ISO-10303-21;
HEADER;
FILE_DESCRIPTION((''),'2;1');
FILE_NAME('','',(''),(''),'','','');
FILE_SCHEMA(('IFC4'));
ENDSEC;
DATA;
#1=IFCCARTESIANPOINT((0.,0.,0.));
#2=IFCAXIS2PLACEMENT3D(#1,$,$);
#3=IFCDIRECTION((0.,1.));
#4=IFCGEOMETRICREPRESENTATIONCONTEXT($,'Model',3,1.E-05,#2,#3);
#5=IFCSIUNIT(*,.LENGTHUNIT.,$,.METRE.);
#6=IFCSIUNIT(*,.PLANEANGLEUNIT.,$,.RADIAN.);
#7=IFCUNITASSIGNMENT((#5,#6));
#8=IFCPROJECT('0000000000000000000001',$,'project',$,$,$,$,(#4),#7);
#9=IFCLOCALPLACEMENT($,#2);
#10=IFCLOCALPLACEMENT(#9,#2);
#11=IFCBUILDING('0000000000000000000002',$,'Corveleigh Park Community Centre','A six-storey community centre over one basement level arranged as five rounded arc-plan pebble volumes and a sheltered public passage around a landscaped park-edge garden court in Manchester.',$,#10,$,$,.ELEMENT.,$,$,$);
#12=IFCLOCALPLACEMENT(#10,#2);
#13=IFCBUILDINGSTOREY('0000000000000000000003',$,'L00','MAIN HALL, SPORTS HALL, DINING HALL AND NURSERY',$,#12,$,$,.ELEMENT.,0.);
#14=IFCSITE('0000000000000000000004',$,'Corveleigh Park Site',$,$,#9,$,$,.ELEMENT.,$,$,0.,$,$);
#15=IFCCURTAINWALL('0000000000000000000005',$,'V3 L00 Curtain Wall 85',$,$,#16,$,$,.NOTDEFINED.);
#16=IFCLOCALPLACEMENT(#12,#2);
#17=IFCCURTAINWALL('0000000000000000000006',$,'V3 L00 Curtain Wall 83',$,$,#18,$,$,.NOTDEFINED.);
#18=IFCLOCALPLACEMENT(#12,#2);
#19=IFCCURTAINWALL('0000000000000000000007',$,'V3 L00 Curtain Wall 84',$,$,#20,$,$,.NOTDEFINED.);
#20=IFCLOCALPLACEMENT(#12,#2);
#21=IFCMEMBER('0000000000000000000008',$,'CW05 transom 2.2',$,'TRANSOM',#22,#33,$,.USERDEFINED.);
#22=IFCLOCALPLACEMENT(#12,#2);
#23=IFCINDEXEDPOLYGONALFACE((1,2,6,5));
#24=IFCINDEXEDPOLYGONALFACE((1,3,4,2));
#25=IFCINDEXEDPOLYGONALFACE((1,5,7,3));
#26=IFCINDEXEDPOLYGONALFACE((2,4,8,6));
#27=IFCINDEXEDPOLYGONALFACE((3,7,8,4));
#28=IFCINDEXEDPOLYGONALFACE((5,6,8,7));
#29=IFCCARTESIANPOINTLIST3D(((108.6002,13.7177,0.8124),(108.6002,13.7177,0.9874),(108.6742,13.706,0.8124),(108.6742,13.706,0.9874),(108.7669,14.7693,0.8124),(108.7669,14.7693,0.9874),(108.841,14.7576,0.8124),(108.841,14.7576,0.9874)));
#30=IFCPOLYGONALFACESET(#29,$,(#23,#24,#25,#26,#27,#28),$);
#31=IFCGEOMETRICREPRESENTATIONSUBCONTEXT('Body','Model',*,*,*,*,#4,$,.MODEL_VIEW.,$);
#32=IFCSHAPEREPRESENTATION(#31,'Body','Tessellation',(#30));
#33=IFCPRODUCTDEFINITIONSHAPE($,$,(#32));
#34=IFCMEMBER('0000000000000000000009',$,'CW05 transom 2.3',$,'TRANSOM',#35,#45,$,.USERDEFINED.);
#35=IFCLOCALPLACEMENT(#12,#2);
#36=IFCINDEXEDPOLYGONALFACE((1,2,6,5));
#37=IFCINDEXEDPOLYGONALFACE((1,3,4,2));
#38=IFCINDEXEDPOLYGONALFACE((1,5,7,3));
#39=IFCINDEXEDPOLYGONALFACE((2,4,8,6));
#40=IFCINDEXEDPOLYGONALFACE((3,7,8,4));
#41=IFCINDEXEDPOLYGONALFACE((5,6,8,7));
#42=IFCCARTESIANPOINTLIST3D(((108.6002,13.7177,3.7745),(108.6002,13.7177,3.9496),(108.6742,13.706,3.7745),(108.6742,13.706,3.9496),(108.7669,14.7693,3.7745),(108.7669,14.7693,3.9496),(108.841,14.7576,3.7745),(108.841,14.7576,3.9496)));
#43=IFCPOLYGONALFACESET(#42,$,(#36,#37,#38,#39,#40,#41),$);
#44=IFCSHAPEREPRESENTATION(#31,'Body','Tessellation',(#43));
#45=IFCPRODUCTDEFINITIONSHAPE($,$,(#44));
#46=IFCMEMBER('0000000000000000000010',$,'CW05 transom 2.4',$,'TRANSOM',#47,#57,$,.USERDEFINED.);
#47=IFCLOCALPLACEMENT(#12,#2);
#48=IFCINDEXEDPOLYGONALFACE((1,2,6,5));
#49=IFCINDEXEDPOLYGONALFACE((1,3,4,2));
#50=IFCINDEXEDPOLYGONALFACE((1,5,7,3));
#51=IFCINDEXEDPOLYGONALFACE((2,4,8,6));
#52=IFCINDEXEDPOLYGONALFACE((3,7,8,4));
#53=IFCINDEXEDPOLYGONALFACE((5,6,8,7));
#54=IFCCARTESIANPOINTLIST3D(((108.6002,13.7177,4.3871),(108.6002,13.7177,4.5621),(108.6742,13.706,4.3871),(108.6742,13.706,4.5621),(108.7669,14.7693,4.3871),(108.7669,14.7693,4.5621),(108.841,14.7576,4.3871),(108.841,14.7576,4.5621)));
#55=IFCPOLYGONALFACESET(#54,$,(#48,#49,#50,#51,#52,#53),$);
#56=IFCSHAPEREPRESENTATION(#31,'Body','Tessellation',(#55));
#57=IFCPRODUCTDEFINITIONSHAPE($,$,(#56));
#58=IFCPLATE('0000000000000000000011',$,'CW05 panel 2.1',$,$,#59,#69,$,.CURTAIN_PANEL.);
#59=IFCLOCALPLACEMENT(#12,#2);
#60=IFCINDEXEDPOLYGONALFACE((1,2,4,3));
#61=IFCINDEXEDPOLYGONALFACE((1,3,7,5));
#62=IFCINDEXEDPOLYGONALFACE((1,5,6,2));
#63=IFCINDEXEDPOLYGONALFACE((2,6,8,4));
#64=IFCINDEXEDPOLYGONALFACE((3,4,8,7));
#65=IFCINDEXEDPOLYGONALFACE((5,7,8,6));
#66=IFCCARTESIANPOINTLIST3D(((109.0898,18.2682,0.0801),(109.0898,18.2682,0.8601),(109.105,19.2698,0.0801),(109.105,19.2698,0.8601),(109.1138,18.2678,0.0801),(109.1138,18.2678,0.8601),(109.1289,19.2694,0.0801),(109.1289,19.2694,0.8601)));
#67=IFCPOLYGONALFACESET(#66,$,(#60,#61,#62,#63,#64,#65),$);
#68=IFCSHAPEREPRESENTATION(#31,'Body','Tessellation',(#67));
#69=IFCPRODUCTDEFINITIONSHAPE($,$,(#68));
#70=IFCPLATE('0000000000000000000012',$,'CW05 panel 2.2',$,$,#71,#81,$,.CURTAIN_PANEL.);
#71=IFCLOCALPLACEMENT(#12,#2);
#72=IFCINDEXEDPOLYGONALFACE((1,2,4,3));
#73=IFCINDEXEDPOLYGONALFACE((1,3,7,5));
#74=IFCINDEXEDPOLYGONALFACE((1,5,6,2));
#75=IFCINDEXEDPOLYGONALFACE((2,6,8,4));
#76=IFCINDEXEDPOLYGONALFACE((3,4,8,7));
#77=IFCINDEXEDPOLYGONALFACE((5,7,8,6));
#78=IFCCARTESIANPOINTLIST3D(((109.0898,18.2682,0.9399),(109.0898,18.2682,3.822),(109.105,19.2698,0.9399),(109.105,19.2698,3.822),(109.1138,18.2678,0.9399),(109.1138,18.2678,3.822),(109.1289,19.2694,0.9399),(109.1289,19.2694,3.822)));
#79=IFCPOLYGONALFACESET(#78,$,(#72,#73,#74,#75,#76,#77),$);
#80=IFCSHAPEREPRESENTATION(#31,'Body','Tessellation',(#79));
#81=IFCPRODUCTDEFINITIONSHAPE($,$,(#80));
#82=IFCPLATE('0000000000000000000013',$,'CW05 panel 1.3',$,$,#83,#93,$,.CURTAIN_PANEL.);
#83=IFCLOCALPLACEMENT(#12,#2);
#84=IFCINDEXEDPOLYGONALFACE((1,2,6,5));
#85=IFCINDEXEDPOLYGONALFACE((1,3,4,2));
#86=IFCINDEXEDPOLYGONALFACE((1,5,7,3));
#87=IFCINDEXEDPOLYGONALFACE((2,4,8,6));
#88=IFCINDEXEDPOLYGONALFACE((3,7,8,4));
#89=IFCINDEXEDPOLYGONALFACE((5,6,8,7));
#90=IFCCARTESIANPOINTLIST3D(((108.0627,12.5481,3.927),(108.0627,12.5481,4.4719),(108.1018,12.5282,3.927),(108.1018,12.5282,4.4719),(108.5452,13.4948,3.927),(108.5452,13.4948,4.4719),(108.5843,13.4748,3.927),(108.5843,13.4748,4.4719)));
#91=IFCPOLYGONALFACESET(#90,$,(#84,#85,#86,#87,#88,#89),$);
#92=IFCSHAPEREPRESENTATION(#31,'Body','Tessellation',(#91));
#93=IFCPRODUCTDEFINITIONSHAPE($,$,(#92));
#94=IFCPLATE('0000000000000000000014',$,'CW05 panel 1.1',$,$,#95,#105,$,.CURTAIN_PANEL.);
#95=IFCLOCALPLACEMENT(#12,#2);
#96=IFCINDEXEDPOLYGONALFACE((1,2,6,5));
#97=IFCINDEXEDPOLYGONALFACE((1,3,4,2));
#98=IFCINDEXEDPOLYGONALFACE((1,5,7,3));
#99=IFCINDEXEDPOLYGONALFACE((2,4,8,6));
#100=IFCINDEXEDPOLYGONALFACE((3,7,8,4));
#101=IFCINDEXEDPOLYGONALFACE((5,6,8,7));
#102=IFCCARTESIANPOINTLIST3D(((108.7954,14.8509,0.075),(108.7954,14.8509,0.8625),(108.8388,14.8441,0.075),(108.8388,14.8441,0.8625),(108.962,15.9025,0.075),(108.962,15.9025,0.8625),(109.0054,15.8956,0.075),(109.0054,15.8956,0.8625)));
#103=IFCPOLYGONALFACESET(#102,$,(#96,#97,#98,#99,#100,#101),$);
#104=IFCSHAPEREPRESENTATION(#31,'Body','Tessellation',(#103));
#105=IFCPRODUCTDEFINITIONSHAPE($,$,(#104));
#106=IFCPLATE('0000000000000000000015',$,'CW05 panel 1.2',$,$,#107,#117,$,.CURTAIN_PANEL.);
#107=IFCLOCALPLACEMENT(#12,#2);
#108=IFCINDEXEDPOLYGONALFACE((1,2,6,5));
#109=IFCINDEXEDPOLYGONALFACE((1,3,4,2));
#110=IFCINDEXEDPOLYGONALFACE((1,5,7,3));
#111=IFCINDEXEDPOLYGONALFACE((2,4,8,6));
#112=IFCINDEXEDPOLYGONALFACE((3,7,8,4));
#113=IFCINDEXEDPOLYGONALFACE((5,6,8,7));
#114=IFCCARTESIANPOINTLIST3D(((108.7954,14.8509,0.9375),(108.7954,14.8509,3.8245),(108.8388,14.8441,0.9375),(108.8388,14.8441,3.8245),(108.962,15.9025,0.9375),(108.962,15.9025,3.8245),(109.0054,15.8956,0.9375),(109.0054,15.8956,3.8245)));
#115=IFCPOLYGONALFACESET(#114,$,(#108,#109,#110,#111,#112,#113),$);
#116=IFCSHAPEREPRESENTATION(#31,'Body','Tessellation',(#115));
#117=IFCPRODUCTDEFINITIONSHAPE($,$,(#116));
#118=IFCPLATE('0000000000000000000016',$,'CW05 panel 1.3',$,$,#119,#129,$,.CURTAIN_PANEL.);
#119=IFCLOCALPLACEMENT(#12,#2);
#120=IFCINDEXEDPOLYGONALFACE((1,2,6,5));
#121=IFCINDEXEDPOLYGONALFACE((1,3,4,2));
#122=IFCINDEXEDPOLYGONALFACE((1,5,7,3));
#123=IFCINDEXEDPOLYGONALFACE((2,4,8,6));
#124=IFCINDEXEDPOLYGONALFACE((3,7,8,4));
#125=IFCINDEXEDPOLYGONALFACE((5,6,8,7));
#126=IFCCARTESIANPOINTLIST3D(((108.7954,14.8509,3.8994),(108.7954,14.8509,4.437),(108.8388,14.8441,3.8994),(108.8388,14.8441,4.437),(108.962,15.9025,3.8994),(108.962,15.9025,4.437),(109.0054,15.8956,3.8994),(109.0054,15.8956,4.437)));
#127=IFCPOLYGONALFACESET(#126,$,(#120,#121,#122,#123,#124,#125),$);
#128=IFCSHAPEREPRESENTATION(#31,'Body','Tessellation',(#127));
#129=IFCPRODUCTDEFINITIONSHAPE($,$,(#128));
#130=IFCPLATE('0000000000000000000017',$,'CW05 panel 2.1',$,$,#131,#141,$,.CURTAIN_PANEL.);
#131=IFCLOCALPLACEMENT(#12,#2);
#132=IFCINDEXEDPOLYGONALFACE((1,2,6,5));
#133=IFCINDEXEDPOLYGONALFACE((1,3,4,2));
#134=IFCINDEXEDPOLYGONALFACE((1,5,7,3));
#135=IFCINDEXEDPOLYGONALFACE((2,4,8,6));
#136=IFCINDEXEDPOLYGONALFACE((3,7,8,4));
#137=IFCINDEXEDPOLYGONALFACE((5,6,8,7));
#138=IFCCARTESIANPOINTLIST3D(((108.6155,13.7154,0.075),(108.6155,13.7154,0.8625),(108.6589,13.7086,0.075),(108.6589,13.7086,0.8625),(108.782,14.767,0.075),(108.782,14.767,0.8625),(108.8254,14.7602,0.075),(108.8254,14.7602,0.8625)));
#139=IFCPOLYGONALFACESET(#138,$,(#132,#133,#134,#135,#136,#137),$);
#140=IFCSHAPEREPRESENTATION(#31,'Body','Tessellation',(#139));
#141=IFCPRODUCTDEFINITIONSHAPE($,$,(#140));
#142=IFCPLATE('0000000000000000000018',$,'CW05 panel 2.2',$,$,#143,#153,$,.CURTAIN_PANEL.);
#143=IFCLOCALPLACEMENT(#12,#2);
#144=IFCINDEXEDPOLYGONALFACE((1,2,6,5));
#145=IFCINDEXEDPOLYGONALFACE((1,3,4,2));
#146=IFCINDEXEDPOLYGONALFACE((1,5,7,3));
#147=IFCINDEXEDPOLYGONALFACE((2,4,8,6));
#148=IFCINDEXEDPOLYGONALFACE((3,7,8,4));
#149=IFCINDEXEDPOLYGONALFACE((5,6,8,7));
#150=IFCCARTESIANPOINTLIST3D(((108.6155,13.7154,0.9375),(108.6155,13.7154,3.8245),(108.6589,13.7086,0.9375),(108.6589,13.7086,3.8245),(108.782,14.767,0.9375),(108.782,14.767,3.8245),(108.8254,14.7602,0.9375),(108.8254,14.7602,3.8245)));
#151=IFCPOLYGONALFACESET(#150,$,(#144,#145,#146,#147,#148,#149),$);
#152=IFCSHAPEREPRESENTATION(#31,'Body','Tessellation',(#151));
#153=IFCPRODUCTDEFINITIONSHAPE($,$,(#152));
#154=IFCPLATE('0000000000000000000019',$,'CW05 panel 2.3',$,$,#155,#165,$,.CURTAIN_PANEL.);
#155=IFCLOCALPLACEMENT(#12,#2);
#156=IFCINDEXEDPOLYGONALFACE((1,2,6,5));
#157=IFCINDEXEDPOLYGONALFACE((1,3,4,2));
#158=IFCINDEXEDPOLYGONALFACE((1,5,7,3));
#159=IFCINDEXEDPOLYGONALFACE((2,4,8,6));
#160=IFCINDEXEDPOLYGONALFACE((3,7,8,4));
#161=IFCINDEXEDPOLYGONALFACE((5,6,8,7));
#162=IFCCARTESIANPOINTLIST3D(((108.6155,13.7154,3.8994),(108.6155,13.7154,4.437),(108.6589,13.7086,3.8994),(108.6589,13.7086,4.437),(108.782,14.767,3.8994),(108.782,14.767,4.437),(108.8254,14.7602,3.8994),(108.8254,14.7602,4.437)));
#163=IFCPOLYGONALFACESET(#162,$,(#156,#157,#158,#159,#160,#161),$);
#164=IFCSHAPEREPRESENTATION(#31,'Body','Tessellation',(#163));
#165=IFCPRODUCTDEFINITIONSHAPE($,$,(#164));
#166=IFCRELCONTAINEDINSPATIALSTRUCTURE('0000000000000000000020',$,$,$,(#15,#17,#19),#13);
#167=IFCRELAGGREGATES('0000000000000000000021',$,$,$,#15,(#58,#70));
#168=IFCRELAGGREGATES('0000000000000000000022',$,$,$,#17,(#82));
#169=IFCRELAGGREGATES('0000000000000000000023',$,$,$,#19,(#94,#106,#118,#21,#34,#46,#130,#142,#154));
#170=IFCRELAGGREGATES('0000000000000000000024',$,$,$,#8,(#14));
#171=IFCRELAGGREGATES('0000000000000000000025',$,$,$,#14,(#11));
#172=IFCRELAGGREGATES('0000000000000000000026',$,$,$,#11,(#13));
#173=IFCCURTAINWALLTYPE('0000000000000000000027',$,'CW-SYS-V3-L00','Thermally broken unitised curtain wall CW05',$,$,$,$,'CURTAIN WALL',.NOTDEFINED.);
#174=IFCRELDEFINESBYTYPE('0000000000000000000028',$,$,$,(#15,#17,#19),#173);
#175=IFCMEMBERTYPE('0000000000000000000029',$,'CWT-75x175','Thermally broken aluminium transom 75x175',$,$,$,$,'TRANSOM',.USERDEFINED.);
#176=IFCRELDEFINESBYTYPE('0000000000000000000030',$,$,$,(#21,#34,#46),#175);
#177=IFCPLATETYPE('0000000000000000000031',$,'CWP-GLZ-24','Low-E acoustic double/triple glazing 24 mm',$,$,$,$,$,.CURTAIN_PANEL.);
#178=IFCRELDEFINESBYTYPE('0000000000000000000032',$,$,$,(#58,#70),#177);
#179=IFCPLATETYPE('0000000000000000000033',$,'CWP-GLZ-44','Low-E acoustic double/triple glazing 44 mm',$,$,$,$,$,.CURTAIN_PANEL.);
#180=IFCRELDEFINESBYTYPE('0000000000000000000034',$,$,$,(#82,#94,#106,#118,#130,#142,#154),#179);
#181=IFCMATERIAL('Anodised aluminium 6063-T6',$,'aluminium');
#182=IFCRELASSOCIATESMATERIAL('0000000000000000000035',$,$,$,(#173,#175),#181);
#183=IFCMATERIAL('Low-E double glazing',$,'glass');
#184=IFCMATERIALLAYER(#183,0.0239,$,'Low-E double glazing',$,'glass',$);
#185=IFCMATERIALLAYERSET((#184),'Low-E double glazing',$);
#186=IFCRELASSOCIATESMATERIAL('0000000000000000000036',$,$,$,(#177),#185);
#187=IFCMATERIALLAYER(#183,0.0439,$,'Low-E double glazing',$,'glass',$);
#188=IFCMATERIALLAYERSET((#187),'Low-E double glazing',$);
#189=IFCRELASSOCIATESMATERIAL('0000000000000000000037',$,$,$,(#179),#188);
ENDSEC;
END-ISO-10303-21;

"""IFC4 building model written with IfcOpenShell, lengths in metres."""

from ifc_helpers import new_model, si_unit, direction, frame, origin, origin_2d, place, context, subcontext, project, spatial, rectangle, extrude, material, layer, layer_set, material_profile, profile_set, type_object, element, aggregate, save


model = new_model("IFC4")

# Units and contexts
model_context = context("Model", 3, precision=1e-05, world=origin(), true_north=direction((0.0, 1.0)))
body_context = subcontext(model_context, "Body", "Model", "MODEL_VIEW")
ifc_project = project(units=[si_unit("LENGTHUNIT", "METRE"), si_unit("PLANEANGLEUNIT", "RADIAN")], contexts=[model_context])

# Site, building, storey
site_placement = place(None, origin())
site = spatial("IfcSite", under=ifc_project, at=site_placement, Name="Corveleigh Park Site", CompositionType="ELEMENT", RefElevation=0.0)
building_placement = place(site_placement, origin())
building = spatial("IfcBuilding", under=site, at=building_placement, Name="Corveleigh Park Community Centre", Description="A six-storey community centre over one basement level arranged as five rounded arc-plan pebble volumes and a sheltered public passage around a landscaped park-edge garden court in Manchester.", CompositionType="ELEMENT")
storey_placement = place(building_placement, origin())
storey = spatial("IfcBuildingStorey", under=building, at=storey_placement, Name="L00", Description="MAIN HALL, SPORTS HALL, DINING HALL AND NURSERY", CompositionType="ELEMENT", Elevation=0.0)

# Curtain walls
ifc_material_1 = material(Name="Anodised aluminium 6063-T6", Category="aluminium")
curtain_wall_type = type_object("IfcCurtainWallType", Name="CW-SYS-V3-L00", Description="Thermally broken unitised curtain wall CW05", ElementType="CURTAIN WALL", PredefinedType="NOTDEFINED", material=ifc_material_1)
curtain_wall_1_placement = place(storey_placement, origin())
curtain_wall_1 = element("IfcCurtainWall", 1, at=curtain_wall_1_placement, inside=storey, type_object=curtain_wall_type, Name="V3 L00 Curtain Wall 85", PredefinedType="NOTDEFINED")
curtain_wall_2_placement = place(storey_placement, origin())
curtain_wall_2 = element("IfcCurtainWall", 2, at=curtain_wall_2_placement, inside=storey, type_object=curtain_wall_type, Name="V3 L00 Curtain Wall 83", PredefinedType="NOTDEFINED")

# Curtain wall
curtain_wall_3_placement = place(storey_placement, origin())
curtain_wall_3 = element("IfcCurtainWall", 3, at=curtain_wall_3_placement, inside=storey, type_object=curtain_wall_type, Name="V3 L00 Curtain Wall 84", PredefinedType="NOTDEFINED")

# Members
ifc_material_profile_1 = material_profile(ifc_material_1, rectangle(XDim=0.075, YDim=0.175, at=origin_2d()), Name="ALU-T75x175", Category="aluminium")
ifc_profile_set_1 = profile_set([ifc_material_profile_1], Name="Anodised aluminium 6063-T6")
member_type_1 = type_object("IfcMemberType", Name="CWT-75x175", Description="Thermally broken aluminium transom 75x175", ElementType="TRANSOM", PredefinedType="USERDEFINED", material=ifc_profile_set_1)
member_1_placement = place(storey_placement, frame((108.804, 14.7634, 0.8999), z_axis=(-0.156622, -0.987659, 0.0), x_axis=(0.987659, -0.156622, 0.0)))
member_1 = element("IfcMember", 4, at=member_1_placement, type_object=member_type_1, Name="CW05 transom 2.2", ObjectType="TRANSOM", PredefinedType="USERDEFINED", context=body_context, shape_type="SweptSolid", body=[
    extrude(rectangle(XDim=0.075, YDim=0.175, at=origin_2d()), origin(), (0.0, 0.0, 1.0), 1.0647),
])
member_2_placement = place(storey_placement, frame((108.804, 14.7634, 3.8621), z_axis=(-0.156622, -0.987659, 0.0), x_axis=(0.987659, -0.156622, 0.0)))
member_2 = element("IfcMember", 5, at=member_2_placement, type_object=member_type_1, Name="CW05 transom 2.3", ObjectType="TRANSOM", PredefinedType="USERDEFINED", context=body_context, shape_type="SweptSolid", body=[
    extrude(rectangle(XDim=0.075, YDim=0.175, at=origin_2d()), origin(), (0.0, 0.0, 1.0), 1.0647),
])
member_3_placement = place(storey_placement, frame((108.804, 14.7634, 4.4746), z_axis=(-0.156622, -0.987659, 0.0), x_axis=(0.987659, -0.156622, 0.0)))
member_3 = element("IfcMember", 6, at=member_3_placement, type_object=member_type_1, Name="CW05 transom 2.4", ObjectType="TRANSOM", PredefinedType="USERDEFINED", context=body_context, shape_type="SweptSolid", body=[
    extrude(rectangle(XDim=0.075, YDim=0.175, at=origin_2d()), origin(), (0.0, 0.0, 1.0), 1.0647),
])

# Plates
ifc_material_2 = material(Name="Low-E double glazing", Category="glass")
ifc_layer_1 = layer(ifc_material_2, 0.0239, Name="Low-E double glazing", Category="glass")
ifc_layer_set_1 = layer_set([ifc_layer_1], Name="Low-E double glazing")
plate_type_1 = type_object("IfcPlateType", Name="CWP-GLZ-24", Description="Low-E acoustic double/triple glazing 24 mm", PredefinedType="CURTAIN_PANEL", material=ifc_layer_set_1)
plate_1_placement = place(storey_placement, frame((109.1094, 18.7688, 0.0801), z_axis=(0.0, 0.0, 1.0), x_axis=(-0.015115, -0.999886, 0.0)))
plate_1 = element("IfcPlate", 7, at=plate_1_placement, type_object=plate_type_1, Name="CW05 panel 2.1", PredefinedType="CURTAIN_PANEL", context=body_context, shape_type="SweptSolid", body=[
    extrude(rectangle(XDim=1.0017, YDim=0.0239, at=origin_2d()), origin(), (0.0, 0.0, 1.0), 0.78),
])
plate_2_placement = place(storey_placement, frame((109.1094, 18.7688, 0.9399), z_axis=(0.0, 0.0, 1.0), x_axis=(-0.015115, -0.999886, 0.0)))
plate_2 = element("IfcPlate", 8, at=plate_2_placement, type_object=plate_type_1, Name="CW05 panel 2.2", PredefinedType="CURTAIN_PANEL", context=body_context, shape_type="SweptSolid", body=[
    extrude(rectangle(XDim=1.0017, YDim=0.0239, at=origin_2d()), origin(), (0.0, 0.0, 1.0), 2.8821),
])
aggregate(curtain_wall_1, [plate_1, plate_2])
ifc_layer_2 = layer(ifc_material_2, 0.0439, Name="Low-E double glazing", Category="glass")
ifc_layer_set_2 = layer_set([ifc_layer_2], Name="Low-E double glazing")
plate_type_2 = type_object("IfcPlateType", Name="CWP-GLZ-44", Description="Low-E acoustic double/triple glazing 44 mm", PredefinedType="CURTAIN_PANEL", material=ifc_layer_set_2)
plate_3_placement = place(storey_placement, frame((108.3235, 13.0115, 3.927), z_axis=(0.0, 0.0, 1.0), x_axis=(-0.454135, -0.890933, 0.0)))
plate_3 = element("IfcPlate", 9, at=plate_3_placement, type_object=plate_type_2, Name="CW05 panel 1.3", PredefinedType="CURTAIN_PANEL", context=body_context, shape_type="SweptSolid", body=[
    extrude(rectangle(XDim=1.0625, YDim=0.0439, at=origin_2d()), origin(), (0.0, 0.0, 1.0), 0.5449),
])
aggregate(curtain_wall_2, [plate_3])
plate_4_placement = place(storey_placement, frame((108.9004, 15.3733, 0.075), z_axis=(0.0, 0.0, 1.0), x_axis=(-0.156436, -0.987688, 0.0)))
plate_4 = element("IfcPlate", 10, at=plate_4_placement, type_object=plate_type_2, Name="CW05 panel 1.1", PredefinedType="CURTAIN_PANEL", context=body_context, shape_type="SweptSolid", body=[
    extrude(rectangle(XDim=1.0647, YDim=0.0439, at=origin_2d()), origin(), (0.0, 0.0, 1.0), 0.7876),
])
plate_5_placement = place(storey_placement, frame((108.9004, 15.3733, 0.9375), z_axis=(0.0, 0.0, 1.0), x_axis=(-0.156436, -0.987688, 0.0)))
plate_5 = element("IfcPlate", 11, at=plate_5_placement, type_object=plate_type_2, Name="CW05 panel 1.2", PredefinedType="CURTAIN_PANEL", context=body_context, shape_type="SweptSolid", body=[
    extrude(rectangle(XDim=1.0647, YDim=0.0439, at=origin_2d()), origin(), (0.0, 0.0, 1.0), 2.887),
])
plate_6_placement = place(storey_placement, frame((108.9004, 15.3733, 3.8994), z_axis=(0.0, 0.0, 1.0), x_axis=(-0.156436, -0.987688, 0.0)))
plate_6 = element("IfcPlate", 12, at=plate_6_placement, type_object=plate_type_2, Name="CW05 panel 1.3", PredefinedType="CURTAIN_PANEL", context=body_context, shape_type="SweptSolid", body=[
    extrude(rectangle(XDim=1.0647, YDim=0.0439, at=origin_2d()), origin(), (0.0, 0.0, 1.0), 0.5376),
])
plate_7_placement = place(storey_placement, frame((108.7205, 14.2378, 0.075), z_axis=(0.0, 0.0, 1.0), x_axis=(-0.156436, -0.987688, 0.0)))
plate_7 = element("IfcPlate", 13, at=plate_7_placement, type_object=plate_type_2, Name="CW05 panel 2.1", PredefinedType="CURTAIN_PANEL", context=body_context, shape_type="SweptSolid", body=[
    extrude(rectangle(XDim=1.0647, YDim=0.0439, at=origin_2d()), origin(), (0.0, 0.0, 1.0), 0.7876),
])
plate_8_placement = place(storey_placement, frame((108.7205, 14.2378, 0.9375), z_axis=(0.0, 0.0, 1.0), x_axis=(-0.156436, -0.987688, 0.0)))
plate_8 = element("IfcPlate", 14, at=plate_8_placement, type_object=plate_type_2, Name="CW05 panel 2.2", PredefinedType="CURTAIN_PANEL", context=body_context, shape_type="SweptSolid", body=[
    extrude(rectangle(XDim=1.0647, YDim=0.0439, at=origin_2d()), origin(), (0.0, 0.0, 1.0), 2.887),
])
plate_9_placement = place(storey_placement, frame((108.7205, 14.2378, 3.8994), z_axis=(0.0, 0.0, 1.0), x_axis=(-0.156436, -0.987688, 0.0)))
plate_9 = element("IfcPlate", 15, at=plate_9_placement, type_object=plate_type_2, Name="CW05 panel 2.3", PredefinedType="CURTAIN_PANEL", context=body_context, shape_type="SweptSolid", body=[
    extrude(rectangle(XDim=1.0647, YDim=0.0439, at=origin_2d()), origin(), (0.0, 0.0, 1.0), 0.5376),
])
aggregate(curtain_wall_3, [plate_4, plate_5, plate_6, member_1, member_2, member_3, plate_7, plate_8, plate_9])

save(model, "model.ifc")
